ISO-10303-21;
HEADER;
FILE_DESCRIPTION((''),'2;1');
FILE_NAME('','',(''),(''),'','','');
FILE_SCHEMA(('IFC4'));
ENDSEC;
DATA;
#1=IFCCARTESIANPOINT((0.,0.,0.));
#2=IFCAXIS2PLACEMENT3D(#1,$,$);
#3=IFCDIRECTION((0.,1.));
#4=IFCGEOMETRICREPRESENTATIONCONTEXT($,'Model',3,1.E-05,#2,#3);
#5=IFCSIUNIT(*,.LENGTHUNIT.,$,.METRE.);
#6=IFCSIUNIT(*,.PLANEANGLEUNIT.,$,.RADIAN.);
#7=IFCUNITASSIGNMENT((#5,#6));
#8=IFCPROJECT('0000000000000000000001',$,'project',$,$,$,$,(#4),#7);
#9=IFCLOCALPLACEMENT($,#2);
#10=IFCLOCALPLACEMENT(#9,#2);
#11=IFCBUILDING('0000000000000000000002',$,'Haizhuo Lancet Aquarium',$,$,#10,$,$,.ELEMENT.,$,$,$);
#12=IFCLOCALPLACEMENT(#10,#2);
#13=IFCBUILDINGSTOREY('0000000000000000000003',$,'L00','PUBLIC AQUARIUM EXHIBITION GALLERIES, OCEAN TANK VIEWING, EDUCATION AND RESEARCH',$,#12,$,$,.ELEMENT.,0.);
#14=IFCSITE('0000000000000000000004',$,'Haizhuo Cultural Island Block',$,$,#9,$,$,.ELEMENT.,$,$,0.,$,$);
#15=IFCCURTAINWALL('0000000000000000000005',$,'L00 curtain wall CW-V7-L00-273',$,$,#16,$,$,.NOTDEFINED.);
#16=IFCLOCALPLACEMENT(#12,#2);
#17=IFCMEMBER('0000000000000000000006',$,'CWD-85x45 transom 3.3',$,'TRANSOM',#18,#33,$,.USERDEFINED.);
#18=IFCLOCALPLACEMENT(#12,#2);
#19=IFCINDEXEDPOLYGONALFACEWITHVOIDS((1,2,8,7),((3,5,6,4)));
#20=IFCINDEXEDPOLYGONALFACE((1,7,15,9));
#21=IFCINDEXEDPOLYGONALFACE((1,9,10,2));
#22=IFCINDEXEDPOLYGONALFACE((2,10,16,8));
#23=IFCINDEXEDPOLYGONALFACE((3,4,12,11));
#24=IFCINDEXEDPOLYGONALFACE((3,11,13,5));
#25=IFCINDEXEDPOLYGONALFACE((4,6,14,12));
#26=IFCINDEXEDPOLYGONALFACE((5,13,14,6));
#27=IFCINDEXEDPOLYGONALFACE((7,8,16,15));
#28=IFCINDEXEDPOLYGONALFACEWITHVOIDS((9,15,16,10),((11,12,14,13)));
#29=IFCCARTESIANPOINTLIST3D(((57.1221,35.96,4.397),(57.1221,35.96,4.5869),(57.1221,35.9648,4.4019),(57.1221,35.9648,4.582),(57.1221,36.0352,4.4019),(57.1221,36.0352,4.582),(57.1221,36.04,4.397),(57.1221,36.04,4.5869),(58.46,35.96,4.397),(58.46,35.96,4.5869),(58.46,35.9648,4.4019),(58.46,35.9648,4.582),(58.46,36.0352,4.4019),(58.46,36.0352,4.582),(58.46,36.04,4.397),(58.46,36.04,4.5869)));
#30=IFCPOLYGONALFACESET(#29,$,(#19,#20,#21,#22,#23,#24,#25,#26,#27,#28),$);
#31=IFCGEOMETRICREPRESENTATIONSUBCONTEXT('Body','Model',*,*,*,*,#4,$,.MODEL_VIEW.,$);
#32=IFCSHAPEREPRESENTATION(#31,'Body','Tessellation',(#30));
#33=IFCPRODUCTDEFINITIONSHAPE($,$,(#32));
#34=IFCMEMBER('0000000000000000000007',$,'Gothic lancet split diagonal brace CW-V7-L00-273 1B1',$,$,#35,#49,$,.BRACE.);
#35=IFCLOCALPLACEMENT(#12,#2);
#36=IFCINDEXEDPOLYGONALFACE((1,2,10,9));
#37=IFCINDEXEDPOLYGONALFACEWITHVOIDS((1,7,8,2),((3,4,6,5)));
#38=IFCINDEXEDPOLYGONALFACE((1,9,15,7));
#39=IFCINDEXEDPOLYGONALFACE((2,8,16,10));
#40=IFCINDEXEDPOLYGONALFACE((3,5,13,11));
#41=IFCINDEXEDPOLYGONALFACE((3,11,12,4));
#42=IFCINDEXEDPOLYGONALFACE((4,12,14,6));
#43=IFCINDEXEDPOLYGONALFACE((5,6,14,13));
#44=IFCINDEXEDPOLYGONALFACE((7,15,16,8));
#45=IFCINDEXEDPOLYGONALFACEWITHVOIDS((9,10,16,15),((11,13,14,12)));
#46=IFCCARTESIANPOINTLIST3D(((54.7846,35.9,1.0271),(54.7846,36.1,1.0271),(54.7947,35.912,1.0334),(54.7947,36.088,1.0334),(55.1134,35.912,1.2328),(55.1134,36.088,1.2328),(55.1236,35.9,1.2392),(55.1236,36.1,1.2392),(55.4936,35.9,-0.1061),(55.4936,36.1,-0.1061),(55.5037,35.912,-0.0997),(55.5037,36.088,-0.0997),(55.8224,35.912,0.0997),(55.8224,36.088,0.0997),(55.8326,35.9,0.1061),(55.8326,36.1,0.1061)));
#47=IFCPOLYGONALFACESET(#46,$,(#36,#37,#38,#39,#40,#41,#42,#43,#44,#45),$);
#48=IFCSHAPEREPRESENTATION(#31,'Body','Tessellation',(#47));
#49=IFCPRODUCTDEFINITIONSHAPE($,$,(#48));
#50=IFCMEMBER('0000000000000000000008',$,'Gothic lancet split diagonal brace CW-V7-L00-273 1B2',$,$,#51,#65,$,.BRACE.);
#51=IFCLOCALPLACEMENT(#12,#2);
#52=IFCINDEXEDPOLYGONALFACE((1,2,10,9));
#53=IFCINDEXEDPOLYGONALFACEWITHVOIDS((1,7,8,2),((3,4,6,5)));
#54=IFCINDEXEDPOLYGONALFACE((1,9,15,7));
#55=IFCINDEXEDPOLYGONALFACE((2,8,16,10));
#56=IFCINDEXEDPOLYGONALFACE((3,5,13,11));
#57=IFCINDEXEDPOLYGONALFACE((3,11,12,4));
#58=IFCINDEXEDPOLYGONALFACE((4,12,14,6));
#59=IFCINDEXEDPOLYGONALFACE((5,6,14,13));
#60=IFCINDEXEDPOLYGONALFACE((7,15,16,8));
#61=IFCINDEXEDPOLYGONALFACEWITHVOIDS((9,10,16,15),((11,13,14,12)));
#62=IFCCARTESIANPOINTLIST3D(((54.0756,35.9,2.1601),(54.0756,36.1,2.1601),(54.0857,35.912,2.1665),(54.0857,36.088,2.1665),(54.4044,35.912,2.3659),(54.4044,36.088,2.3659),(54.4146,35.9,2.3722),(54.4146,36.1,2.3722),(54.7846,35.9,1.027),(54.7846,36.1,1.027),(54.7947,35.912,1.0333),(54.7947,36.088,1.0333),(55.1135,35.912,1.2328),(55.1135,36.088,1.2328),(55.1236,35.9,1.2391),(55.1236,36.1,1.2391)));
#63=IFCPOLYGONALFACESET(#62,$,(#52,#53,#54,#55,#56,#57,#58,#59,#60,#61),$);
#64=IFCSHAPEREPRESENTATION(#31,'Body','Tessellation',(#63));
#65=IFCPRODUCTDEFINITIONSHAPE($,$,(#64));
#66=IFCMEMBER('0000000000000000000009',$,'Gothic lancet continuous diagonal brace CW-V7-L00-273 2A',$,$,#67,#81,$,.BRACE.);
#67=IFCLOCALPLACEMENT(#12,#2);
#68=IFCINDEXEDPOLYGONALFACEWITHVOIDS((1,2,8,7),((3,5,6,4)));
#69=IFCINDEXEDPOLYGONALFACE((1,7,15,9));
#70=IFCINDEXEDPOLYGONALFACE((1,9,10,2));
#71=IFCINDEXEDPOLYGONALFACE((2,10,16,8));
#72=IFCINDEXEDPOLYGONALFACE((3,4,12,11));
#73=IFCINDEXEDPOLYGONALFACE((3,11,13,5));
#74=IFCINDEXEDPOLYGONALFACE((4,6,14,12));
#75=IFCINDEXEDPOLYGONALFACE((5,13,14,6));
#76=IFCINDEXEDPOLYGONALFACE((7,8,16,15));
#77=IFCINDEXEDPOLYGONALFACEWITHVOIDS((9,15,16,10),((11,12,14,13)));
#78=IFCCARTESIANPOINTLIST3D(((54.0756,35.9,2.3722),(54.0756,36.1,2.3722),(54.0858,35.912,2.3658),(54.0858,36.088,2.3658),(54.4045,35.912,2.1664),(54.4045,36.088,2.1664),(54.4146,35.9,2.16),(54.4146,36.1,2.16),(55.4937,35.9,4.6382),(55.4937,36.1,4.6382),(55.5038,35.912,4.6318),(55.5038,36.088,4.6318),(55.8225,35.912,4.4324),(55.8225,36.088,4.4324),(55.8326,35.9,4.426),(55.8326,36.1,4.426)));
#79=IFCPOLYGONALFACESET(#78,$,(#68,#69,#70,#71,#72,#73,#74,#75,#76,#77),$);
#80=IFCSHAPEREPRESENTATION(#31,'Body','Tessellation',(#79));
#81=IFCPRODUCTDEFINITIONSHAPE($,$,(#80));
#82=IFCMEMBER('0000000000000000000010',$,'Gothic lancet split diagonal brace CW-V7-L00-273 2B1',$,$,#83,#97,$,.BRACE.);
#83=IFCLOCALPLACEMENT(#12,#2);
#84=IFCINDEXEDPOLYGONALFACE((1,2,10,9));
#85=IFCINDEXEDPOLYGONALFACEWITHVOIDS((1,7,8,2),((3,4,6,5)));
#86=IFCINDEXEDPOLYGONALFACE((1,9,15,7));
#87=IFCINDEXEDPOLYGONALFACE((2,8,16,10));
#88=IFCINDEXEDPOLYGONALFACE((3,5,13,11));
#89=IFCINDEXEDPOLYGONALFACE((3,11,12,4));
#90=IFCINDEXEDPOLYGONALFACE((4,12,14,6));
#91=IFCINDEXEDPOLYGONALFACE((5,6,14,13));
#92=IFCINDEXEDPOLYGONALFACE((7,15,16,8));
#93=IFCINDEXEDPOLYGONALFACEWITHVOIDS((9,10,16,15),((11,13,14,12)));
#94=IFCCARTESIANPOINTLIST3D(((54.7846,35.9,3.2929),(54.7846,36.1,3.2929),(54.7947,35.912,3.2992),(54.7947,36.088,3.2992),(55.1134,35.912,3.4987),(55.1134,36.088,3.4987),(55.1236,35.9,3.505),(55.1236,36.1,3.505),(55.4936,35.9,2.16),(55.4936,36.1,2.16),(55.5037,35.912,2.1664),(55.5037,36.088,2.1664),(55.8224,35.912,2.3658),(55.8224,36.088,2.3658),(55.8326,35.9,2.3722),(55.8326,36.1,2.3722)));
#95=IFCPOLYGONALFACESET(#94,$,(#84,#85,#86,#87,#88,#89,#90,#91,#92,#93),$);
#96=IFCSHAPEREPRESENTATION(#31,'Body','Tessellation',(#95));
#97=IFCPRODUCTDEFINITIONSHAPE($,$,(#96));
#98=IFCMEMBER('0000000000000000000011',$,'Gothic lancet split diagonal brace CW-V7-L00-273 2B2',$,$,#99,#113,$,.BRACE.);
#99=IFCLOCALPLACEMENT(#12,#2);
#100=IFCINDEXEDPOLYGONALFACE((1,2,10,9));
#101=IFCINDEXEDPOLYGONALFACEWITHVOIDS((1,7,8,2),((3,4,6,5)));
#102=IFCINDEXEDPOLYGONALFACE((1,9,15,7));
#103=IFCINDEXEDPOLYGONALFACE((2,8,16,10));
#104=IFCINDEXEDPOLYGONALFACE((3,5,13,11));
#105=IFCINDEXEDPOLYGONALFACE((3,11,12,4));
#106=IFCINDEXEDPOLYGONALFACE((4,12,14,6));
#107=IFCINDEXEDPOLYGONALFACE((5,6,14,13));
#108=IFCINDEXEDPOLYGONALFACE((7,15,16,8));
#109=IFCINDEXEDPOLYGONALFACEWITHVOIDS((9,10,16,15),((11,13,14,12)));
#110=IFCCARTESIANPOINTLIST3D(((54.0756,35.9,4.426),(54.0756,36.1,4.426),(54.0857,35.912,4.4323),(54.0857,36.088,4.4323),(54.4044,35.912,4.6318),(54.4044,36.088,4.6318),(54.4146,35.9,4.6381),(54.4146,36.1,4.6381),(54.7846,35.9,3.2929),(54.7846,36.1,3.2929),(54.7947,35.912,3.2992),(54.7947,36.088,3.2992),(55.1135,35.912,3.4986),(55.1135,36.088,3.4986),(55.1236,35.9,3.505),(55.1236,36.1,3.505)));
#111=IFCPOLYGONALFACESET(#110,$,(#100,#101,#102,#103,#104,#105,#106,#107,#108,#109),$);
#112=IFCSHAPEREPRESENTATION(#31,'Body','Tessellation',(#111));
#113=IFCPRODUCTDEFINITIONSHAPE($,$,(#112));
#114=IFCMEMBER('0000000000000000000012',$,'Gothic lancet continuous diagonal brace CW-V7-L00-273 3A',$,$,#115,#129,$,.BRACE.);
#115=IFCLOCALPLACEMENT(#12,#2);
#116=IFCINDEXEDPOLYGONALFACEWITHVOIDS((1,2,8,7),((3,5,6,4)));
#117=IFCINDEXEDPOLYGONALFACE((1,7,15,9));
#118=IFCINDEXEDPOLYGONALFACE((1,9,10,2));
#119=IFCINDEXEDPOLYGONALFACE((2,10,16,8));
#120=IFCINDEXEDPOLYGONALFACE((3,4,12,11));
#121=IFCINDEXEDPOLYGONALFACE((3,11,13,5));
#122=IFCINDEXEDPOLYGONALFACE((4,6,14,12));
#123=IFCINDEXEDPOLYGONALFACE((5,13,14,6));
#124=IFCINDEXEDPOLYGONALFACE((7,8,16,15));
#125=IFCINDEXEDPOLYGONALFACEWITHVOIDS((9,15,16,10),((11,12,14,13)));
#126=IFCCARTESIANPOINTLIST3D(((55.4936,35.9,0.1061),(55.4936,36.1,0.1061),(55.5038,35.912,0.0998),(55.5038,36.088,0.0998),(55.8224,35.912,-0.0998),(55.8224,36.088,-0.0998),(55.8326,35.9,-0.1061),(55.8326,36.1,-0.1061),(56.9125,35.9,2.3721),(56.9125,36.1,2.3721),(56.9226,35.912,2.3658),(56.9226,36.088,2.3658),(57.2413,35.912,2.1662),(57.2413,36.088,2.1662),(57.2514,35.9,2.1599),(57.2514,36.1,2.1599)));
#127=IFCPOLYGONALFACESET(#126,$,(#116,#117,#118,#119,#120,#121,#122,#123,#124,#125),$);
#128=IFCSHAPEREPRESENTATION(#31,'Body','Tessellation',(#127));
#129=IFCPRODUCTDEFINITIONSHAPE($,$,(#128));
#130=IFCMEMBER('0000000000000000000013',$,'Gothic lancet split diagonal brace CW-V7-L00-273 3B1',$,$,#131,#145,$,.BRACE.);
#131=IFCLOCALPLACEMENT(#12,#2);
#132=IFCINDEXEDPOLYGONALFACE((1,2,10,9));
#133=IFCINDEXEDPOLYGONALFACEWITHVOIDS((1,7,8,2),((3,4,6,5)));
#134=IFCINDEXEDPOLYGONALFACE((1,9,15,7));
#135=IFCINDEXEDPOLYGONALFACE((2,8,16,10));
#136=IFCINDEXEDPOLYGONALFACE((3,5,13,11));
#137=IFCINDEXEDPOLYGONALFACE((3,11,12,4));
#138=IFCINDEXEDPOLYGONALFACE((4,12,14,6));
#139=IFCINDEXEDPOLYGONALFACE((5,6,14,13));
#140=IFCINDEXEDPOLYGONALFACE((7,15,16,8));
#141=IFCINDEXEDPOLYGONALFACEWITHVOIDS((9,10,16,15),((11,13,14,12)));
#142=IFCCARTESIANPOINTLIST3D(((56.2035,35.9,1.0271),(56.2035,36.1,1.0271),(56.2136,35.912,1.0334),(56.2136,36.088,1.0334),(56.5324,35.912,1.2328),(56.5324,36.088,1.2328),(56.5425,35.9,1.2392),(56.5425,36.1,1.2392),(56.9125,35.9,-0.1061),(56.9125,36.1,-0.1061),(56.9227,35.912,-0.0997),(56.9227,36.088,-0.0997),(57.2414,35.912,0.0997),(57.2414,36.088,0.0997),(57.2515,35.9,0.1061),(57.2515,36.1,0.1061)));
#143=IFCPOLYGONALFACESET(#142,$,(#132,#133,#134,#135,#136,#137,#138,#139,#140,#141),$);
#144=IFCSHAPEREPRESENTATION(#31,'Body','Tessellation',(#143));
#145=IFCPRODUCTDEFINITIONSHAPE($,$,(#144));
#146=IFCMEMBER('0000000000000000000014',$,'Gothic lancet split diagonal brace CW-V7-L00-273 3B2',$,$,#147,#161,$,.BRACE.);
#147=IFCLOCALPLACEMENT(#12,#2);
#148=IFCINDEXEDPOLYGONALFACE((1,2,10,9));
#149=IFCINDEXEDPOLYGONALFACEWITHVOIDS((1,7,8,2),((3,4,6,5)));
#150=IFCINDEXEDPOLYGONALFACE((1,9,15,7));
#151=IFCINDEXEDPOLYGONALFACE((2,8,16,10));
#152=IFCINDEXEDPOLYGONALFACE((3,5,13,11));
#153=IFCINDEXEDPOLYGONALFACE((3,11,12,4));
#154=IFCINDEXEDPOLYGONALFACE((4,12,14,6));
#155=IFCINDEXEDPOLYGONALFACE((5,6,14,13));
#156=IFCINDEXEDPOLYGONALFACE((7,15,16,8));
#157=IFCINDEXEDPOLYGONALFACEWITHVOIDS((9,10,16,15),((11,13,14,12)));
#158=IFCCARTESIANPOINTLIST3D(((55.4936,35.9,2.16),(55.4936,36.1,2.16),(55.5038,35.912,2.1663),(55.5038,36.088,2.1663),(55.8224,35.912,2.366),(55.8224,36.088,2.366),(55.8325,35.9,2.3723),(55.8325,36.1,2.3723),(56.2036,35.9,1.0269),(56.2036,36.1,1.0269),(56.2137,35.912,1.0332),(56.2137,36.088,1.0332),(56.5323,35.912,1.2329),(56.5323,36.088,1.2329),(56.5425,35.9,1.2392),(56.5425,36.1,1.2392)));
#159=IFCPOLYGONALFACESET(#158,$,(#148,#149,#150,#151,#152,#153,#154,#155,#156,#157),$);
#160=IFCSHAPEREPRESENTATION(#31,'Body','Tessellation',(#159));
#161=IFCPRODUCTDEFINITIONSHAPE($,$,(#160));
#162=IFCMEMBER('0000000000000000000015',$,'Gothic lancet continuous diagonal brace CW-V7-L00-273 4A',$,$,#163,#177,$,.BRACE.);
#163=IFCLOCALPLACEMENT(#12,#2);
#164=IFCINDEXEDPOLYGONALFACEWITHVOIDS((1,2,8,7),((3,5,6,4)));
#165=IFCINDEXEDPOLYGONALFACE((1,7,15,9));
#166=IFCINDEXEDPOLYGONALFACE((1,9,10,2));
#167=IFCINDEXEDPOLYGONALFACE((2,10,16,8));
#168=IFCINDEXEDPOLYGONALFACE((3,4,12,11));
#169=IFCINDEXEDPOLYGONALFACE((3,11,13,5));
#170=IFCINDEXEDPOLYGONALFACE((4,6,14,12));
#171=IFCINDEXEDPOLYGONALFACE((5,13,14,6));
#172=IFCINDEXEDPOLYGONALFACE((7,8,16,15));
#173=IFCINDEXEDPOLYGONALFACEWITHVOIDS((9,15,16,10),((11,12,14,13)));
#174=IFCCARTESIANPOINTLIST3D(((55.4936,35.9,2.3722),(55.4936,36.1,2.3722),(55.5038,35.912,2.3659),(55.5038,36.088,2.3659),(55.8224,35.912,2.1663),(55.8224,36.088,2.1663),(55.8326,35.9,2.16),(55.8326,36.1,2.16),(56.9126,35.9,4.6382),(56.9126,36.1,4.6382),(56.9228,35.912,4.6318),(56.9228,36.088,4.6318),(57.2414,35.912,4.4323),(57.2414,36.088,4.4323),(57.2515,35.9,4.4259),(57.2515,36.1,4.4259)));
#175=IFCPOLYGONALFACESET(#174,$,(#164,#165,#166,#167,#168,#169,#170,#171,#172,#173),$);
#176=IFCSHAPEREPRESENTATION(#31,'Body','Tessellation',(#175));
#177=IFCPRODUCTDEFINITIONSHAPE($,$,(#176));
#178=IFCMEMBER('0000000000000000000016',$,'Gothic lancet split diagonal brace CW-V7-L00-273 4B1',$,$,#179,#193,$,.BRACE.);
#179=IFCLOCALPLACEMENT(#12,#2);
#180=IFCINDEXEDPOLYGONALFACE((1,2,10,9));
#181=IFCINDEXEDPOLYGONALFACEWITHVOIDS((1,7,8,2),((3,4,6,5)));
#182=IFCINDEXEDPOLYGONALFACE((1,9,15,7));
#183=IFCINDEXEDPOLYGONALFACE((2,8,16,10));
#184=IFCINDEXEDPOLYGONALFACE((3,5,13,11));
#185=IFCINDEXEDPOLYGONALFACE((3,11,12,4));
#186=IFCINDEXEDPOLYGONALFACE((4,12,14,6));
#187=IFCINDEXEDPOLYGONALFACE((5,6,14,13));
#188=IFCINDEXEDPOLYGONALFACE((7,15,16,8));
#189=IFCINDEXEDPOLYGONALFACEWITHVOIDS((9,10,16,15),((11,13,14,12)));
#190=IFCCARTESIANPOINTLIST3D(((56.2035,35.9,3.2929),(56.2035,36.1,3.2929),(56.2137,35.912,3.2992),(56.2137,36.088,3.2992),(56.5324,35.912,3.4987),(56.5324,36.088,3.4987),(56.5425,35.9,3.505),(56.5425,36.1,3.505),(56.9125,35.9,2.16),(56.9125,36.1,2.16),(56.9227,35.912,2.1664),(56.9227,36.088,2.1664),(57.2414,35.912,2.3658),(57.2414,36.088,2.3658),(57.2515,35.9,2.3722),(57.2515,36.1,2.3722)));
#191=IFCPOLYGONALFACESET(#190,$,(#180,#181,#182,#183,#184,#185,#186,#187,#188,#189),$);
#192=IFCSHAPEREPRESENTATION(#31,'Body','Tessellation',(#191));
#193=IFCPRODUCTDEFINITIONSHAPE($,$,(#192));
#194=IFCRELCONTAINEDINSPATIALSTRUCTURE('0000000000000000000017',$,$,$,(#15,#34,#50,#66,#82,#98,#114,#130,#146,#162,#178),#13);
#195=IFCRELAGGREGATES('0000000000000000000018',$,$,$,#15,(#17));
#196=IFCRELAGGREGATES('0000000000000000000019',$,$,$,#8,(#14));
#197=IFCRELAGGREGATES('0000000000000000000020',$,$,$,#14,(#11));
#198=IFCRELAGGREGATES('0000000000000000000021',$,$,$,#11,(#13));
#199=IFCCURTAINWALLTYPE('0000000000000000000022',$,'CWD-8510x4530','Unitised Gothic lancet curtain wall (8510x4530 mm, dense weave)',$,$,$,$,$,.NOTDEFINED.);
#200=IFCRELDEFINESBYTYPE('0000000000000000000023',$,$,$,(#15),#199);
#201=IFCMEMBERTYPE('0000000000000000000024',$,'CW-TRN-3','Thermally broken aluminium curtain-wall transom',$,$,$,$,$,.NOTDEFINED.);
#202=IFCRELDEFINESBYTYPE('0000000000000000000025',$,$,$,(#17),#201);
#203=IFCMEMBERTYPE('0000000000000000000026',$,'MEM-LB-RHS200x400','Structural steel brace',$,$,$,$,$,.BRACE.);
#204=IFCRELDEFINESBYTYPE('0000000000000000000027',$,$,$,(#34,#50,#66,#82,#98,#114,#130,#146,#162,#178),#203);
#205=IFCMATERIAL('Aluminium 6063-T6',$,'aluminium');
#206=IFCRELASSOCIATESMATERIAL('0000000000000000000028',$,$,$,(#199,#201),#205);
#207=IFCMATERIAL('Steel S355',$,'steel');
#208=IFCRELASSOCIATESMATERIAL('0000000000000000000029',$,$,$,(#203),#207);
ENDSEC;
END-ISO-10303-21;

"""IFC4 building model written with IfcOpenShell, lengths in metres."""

from ifc_helpers import new_model, si_unit, direction, frame, origin, origin_2d, place, context, subcontext, project, spatial, hollow_rectangle, extrude, material, material_profile, profile_set, type_object, element, aggregate, save


model = new_model("IFC4")

# Units and contexts
model_context = context("Model", 3, precision=1e-05, world=origin(), true_north=direction((0.0, 1.0)))
body_context = subcontext(model_context, "Body", "Model", "MODEL_VIEW")
ifc_project = project(units=[si_unit("LENGTHUNIT", "METRE"), si_unit("PLANEANGLEUNIT", "RADIAN")], contexts=[model_context])

# Site, building, storey
site_placement = place(None, origin())
site = spatial("IfcSite", under=ifc_project, at=site_placement, Name="Haizhuo Cultural Island Block", CompositionType="ELEMENT", RefElevation=0.0)
building_placement = place(site_placement, origin())
building = spatial("IfcBuilding", under=site, at=building_placement, Name="Haizhuo Lancet Aquarium", CompositionType="ELEMENT")
storey_placement = place(building_placement, origin())
storey = spatial("IfcBuildingStorey", under=building, at=storey_placement, Name="L00", Description="PUBLIC AQUARIUM EXHIBITION GALLERIES, OCEAN TANK VIEWING, EDUCATION AND RESEARCH", CompositionType="ELEMENT", Elevation=0.0)

# Curtain wall, member
ifc_material_1 = material(Name="Aluminium 6063-T6", Category="aluminium")
curtain_wall_type = type_object("IfcCurtainWallType", Name="CWD-8510x4530", Description="Unitised Gothic lancet curtain wall (8510x4530 mm, dense weave)", PredefinedType="NOTDEFINED", material=ifc_material_1)
curtain_wall_placement = place(storey_placement, origin())
curtain_wall = element("IfcCurtainWall", 1, at=curtain_wall_placement, inside=storey, type_object=curtain_wall_type, Name="L00 curtain wall CW-V7-L00-273", PredefinedType="NOTDEFINED")
ifc_material_profile_1 = material_profile(ifc_material_1, hollow_rectangle(XDim=0.0801, YDim=0.1899, WallThickness=0.0049, at=origin_2d()), Name="ALU-T 80x190x5")
ifc_profile_set_1 = profile_set([ifc_material_profile_1], Name="Aluminium 6063-T6")
member_type_1 = type_object("IfcMemberType", Name="CW-TRN-3", Description="Thermally broken aluminium curtain-wall transom", PredefinedType="NOTDEFINED", material=ifc_profile_set_1)
member_1_placement = place(storey_placement, frame((57.1221, 36.0, 4.4919), z_axis=(1.0, 0.0, 0.0), x_axis=(0.0, 1.0, 0.0)))
member_1 = element("IfcMember", 2, at=member_1_placement, type_object=member_type_1, Name="CWD-85x45 transom 3.3", ObjectType="TRANSOM", PredefinedType="USERDEFINED", context=body_context, shape_type="SweptSolid", body=[
    extrude(hollow_rectangle(XDim=0.0801, YDim=0.1899, WallThickness=0.0049, at=origin_2d()), origin(), (0.0, 0.0, 1.0), 1.3379),
])

# Members
ifc_material_2 = material(Name="Steel S355", Category="steel")
ifc_material_profile_2 = material_profile(ifc_material_2, hollow_rectangle(XDim=0.2, YDim=0.3999, WallThickness=0.012, at=origin_2d()), Name="RHS 200x400x12")
ifc_profile_set_2 = profile_set([ifc_material_profile_2], Name="Steel S355")
member_type_2 = type_object("IfcMemberType", Name="MEM-LB-RHS200x400", Description="Structural steel brace", PredefinedType="BRACE", material=ifc_profile_set_2)
for number, where, z_axis, x_axis, name in (
    (3, (55.6631, 36.0, 0.0), (-0.530442, 0.0, 0.847721), (0.0, -1.0, 0.0), "Gothic lancet split diagonal brace CW-V7-L00-273 1B1"),
    (4, (54.9541, 36.0, 1.1331), (-0.530442, 0.0, 0.847721), (0.0, -1.0, 0.0), "Gothic lancet split diagonal brace CW-V7-L00-273 1B2"),
):
    element("IfcMember", number, at=place(storey_placement, frame(where, z_axis=z_axis, x_axis=x_axis)), inside=storey, type_object=member_type_2, Name=name, PredefinedType="BRACE", context=body_context, shape_type="SweptSolid", body=[
        extrude(hollow_rectangle(XDim=0.2, YDim=0.3999, WallThickness=0.012, at=origin_2d()), origin(), (0.0, 0.0, 1.0), 1.3367),
    ])
member_2_placement = place(storey_placement, frame((54.2451, 36.0, 2.2661), z_axis=(0.530483, 0.0, 0.847695), x_axis=(0.0, 1.0, 0.0)))
element("IfcMember", 5, at=member_2_placement, inside=storey, type_object=member_type_2, Name="Gothic lancet continuous diagonal brace CW-V7-L00-273 2A", PredefinedType="BRACE", context=body_context, shape_type="SweptSolid", body=[
    extrude(hollow_rectangle(XDim=0.2, YDim=0.3999, WallThickness=0.012, at=origin_2d()), origin(), (0.0, 0.0, 1.0), 2.6731),
])
member_3_placement = place(storey_placement, frame((55.6631, 36.0, 2.2661), z_axis=(-0.530524, 0.0, 0.84767), x_axis=(0.0, -1.0, 0.0)))
element("IfcMember", 6, at=member_3_placement, inside=storey, type_object=member_type_2, Name="Gothic lancet split diagonal brace CW-V7-L00-273 2B1", PredefinedType="BRACE", context=body_context, shape_type="SweptSolid", body=[
    extrude(hollow_rectangle(XDim=0.2, YDim=0.3999, WallThickness=0.012, at=origin_2d()), origin(), (0.0, 0.0, 1.0), 1.3364),
])
member_4_placement = place(storey_placement, frame((54.9541, 36.0, 3.3989), z_axis=(-0.530442, 0.0, 0.847721), x_axis=(0.0, -1.0, 0.0)))
element("IfcMember", 7, at=member_4_placement, inside=storey, type_object=member_type_2, Name="Gothic lancet split diagonal brace CW-V7-L00-273 2B2", PredefinedType="BRACE", context=body_context, shape_type="SweptSolid", body=[
    extrude(hollow_rectangle(XDim=0.2, YDim=0.3999, WallThickness=0.012, at=origin_2d()), origin(), (0.0, 0.0, 1.0), 1.3367),
])
member_5_placement = place(storey_placement, frame((55.6631, 36.0, 0.0), z_axis=(0.530705, 0.0, 0.847557), x_axis=(0.0, 1.0, 0.0)))
element("IfcMember", 8, at=member_5_placement, inside=storey, type_object=member_type_2, Name="Gothic lancet continuous diagonal brace CW-V7-L00-273 3A", PredefinedType="BRACE", context=body_context, shape_type="SweptSolid", body=[
    extrude(hollow_rectangle(XDim=0.2, YDim=0.3999, WallThickness=0.012, at=origin_2d()), origin(), (0.0, 0.0, 1.0), 2.6736),
])
member_6_placement = place(storey_placement, frame((57.082, 36.0, 0.0), z_axis=(-0.530442, 0.0, 0.847721), x_axis=(0.0, -1.0, 0.0)))
element("IfcMember", 9, at=member_6_placement, inside=storey, type_object=member_type_2, Name="Gothic lancet split diagonal brace CW-V7-L00-273 3B1", PredefinedType="BRACE", context=body_context, shape_type="SweptSolid", body=[
    extrude(hollow_rectangle(XDim=0.2, YDim=0.3999, WallThickness=0.012, at=origin_2d()), origin(), (0.0, 0.0, 1.0), 1.3367),
])
member_7_placement = place(storey_placement, frame((56.373, 36.0, 1.1331), z_axis=(-0.530967, 0.0, 0.847393), x_axis=(0.0, -1.0, 0.0)))
element("IfcMember", 10, at=member_7_placement, inside=storey, type_object=member_type_2, Name="Gothic lancet split diagonal brace CW-V7-L00-273 3B2", PredefinedType="BRACE", context=body_context, shape_type="SweptSolid", body=[
    extrude(hollow_rectangle(XDim=0.2, YDim=0.3999, WallThickness=0.012, at=origin_2d()), origin(), (0.0, 0.0, 1.0), 1.3372),
])
member_8_placement = place(storey_placement, frame((55.6631, 36.0, 2.2661), z_axis=(0.530746, 0.0, 0.847531), x_axis=(0.0, 1.0, 0.0)))
element("IfcMember", 11, at=member_8_placement, inside=storey, type_object=member_type_2, Name="Gothic lancet continuous diagonal brace CW-V7-L00-273 4A", PredefinedType="BRACE", context=body_context, shape_type="SweptSolid", body=[
    extrude(hollow_rectangle(XDim=0.2, YDim=0.3999, WallThickness=0.012, at=origin_2d()), origin(), (0.0, 0.0, 1.0), 2.6736),
])
member_9_placement = place(storey_placement, frame((57.082, 36.0, 2.2661), z_axis=(-0.530524, 0.0, 0.84767), x_axis=(0.0, -1.0, 0.0)))
element("IfcMember", 12, at=member_9_placement, inside=storey, type_object=member_type_2, Name="Gothic lancet split diagonal brace CW-V7-L00-273 4B1", PredefinedType="BRACE", context=body_context, shape_type="SweptSolid", body=[
    extrude(hollow_rectangle(XDim=0.2, YDim=0.3999, WallThickness=0.012, at=origin_2d()), origin(), (0.0, 0.0, 1.0), 1.3364),
])

aggregate(curtain_wall, [member_1])

save(model, "model.ifc")
